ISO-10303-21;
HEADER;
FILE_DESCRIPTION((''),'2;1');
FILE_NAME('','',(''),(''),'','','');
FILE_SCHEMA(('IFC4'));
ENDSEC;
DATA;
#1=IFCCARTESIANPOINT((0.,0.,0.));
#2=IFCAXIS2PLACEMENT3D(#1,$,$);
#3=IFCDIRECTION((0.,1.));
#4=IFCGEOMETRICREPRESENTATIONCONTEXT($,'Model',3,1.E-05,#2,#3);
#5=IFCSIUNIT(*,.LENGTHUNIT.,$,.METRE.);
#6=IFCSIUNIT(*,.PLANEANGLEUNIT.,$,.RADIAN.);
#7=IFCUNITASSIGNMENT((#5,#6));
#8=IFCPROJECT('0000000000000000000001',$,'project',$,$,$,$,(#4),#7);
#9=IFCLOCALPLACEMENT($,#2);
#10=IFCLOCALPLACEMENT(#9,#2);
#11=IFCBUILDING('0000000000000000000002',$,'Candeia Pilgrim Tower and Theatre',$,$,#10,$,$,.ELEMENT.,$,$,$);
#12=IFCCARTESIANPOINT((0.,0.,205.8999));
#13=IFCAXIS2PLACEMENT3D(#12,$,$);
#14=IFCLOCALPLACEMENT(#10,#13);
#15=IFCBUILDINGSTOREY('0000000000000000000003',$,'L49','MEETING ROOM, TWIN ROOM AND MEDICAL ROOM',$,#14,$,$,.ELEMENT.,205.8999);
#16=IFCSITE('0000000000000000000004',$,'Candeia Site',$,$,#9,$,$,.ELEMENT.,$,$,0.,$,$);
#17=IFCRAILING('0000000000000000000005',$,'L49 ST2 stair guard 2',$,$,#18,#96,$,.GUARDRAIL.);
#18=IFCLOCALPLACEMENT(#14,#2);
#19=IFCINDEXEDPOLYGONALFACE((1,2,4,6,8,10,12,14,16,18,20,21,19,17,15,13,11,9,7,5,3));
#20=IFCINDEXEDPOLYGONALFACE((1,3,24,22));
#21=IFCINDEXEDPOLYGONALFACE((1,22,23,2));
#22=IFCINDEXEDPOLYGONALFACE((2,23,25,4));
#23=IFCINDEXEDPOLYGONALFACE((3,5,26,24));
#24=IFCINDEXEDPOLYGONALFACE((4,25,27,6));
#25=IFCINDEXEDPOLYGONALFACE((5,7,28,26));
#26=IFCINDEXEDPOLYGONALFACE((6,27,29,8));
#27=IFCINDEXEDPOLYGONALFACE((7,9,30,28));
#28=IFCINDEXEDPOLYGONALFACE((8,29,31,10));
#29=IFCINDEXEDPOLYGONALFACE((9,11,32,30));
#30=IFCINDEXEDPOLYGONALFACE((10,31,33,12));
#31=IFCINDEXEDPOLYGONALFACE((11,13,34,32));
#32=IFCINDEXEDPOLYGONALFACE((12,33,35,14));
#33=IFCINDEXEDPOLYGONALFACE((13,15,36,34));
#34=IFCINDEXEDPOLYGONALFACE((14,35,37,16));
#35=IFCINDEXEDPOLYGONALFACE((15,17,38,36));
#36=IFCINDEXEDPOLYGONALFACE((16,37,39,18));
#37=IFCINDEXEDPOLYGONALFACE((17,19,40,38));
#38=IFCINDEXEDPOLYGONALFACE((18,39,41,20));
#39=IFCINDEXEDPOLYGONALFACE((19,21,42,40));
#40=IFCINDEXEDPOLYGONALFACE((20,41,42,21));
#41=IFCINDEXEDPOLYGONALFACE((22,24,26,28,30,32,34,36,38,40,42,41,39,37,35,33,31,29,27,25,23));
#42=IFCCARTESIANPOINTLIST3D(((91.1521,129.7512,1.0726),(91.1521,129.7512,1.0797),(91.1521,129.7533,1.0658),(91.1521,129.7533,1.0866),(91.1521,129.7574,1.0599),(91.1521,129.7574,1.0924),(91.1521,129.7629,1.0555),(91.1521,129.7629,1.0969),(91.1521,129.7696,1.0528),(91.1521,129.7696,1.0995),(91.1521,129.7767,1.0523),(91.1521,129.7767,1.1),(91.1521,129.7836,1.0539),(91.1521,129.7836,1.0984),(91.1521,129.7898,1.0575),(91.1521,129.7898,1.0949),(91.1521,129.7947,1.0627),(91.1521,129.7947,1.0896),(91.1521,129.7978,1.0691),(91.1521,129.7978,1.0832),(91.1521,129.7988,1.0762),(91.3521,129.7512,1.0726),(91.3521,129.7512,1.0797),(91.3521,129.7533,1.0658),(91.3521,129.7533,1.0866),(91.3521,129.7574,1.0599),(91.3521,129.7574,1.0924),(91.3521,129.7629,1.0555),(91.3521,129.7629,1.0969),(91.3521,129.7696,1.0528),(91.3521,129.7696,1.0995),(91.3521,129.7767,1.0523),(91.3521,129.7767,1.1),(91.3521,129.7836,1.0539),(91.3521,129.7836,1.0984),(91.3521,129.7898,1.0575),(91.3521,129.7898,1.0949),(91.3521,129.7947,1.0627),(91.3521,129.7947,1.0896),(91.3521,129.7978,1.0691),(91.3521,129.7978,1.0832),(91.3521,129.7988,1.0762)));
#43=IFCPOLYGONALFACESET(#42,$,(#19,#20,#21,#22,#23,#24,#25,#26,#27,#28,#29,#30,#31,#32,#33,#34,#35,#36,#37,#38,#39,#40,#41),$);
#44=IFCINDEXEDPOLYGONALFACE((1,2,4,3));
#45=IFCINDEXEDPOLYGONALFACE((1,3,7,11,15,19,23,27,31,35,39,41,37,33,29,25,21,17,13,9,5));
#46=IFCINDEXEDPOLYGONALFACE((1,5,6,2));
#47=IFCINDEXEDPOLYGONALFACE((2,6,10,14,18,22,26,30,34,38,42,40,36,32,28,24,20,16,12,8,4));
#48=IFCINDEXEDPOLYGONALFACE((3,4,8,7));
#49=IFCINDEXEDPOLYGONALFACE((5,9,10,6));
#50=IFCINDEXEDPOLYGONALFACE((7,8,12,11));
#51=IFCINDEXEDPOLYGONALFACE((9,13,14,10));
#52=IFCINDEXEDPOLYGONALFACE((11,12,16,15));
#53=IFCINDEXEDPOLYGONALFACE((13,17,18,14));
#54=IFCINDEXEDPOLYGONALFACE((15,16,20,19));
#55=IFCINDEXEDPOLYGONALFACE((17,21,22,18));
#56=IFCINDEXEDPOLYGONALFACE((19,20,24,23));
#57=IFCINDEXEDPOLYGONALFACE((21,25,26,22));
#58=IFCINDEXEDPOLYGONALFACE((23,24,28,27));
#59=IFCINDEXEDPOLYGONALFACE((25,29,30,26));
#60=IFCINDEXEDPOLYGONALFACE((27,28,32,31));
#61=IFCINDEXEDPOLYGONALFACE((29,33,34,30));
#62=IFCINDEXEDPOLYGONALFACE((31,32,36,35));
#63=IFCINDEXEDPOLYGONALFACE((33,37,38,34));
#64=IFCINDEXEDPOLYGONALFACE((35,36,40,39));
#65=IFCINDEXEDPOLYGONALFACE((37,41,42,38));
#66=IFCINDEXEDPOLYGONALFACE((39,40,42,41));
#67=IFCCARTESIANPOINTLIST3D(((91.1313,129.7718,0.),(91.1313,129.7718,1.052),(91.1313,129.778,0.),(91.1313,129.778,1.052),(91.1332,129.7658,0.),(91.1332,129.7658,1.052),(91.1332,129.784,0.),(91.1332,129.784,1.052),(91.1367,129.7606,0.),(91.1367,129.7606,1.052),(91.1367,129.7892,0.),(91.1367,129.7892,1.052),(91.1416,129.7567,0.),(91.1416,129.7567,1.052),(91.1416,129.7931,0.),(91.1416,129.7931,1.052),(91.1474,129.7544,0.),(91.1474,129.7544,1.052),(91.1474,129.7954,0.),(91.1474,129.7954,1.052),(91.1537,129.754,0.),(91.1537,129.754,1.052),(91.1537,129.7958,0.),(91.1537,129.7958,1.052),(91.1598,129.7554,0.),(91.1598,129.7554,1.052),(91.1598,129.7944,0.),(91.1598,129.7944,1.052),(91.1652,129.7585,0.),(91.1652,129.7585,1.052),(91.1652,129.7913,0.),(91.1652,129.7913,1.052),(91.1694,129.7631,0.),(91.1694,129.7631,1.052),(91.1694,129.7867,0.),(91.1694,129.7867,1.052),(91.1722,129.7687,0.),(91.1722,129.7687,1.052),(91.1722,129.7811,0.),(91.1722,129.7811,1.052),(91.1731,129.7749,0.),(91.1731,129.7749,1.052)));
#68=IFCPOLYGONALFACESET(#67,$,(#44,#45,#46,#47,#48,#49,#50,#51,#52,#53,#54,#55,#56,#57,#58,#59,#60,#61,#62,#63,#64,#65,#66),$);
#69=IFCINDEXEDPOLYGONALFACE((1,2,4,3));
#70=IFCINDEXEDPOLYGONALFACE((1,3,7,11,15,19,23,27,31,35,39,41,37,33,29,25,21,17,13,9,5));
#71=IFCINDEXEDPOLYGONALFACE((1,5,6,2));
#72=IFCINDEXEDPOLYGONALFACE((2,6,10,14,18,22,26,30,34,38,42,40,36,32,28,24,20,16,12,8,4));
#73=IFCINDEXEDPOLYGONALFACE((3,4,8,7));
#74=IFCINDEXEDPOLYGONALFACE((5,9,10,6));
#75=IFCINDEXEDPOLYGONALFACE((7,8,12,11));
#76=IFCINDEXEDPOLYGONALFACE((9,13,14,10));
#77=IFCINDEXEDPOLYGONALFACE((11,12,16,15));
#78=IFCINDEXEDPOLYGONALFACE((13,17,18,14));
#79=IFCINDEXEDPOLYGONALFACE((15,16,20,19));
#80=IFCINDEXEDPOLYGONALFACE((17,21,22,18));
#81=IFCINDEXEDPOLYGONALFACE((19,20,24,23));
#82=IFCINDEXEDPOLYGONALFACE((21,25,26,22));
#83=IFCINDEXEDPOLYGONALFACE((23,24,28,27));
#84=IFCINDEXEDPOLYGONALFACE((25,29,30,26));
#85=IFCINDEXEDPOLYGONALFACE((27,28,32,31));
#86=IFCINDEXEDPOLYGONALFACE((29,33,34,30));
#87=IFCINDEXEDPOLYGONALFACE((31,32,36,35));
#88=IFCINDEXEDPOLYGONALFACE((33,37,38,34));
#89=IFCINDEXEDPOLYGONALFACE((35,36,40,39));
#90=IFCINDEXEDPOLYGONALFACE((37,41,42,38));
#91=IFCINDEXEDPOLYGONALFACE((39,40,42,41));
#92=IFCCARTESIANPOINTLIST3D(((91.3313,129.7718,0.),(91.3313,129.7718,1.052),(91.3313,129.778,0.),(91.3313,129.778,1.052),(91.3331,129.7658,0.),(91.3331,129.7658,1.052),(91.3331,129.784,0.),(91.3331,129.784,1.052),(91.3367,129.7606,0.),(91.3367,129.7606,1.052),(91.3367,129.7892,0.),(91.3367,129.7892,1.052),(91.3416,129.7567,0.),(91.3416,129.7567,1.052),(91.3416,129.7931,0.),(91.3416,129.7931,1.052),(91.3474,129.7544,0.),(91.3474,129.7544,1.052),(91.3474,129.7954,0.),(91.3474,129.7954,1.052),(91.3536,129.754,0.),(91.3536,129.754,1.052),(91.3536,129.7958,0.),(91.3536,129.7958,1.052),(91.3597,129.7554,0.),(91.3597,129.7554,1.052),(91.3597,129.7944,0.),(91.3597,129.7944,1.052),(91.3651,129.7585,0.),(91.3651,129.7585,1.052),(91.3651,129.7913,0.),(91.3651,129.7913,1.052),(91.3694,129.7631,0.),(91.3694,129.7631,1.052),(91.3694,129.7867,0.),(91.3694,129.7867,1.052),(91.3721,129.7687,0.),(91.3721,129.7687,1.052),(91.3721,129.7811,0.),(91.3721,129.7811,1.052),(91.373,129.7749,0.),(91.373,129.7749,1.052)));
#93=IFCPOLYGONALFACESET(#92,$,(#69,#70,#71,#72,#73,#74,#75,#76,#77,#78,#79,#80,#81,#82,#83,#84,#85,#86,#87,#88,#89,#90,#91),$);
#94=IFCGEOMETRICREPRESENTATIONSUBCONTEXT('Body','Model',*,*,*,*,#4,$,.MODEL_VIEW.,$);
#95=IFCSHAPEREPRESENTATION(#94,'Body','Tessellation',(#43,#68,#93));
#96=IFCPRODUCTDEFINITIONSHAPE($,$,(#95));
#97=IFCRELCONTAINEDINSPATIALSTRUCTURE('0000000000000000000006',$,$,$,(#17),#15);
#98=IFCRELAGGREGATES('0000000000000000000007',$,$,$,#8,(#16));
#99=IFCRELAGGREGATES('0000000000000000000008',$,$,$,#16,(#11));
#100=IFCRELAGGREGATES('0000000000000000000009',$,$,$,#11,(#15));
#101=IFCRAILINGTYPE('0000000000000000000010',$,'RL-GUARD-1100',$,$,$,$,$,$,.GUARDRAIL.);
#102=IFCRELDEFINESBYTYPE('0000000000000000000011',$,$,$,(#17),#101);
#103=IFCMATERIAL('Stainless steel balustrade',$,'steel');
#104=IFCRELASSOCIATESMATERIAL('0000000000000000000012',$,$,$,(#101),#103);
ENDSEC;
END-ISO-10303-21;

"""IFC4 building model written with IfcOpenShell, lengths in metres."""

from ifc_helpers import new_model, si_unit, direction, frame, origin, origin_2d, place, context, subcontext, project, spatial, circle, extrude, material, type_object, element, save


model = new_model("IFC4")

# Units and contexts
model_context = context("Model", 3, precision=1e-05, world=origin(), true_north=direction((0.0, 1.0)))
body_context = subcontext(model_context, "Body", "Model", "MODEL_VIEW")
ifc_project = project(units=[si_unit("LENGTHUNIT", "METRE"), si_unit("PLANEANGLEUNIT", "RADIAN")], contexts=[model_context])

# Site, building, storey
site_placement = place(None, origin())
site = spatial("IfcSite", under=ifc_project, at=site_placement, Name="Candeia Site", CompositionType="ELEMENT", RefElevation=0.0)
building_placement = place(site_placement, origin())
building = spatial("IfcBuilding", under=site, at=building_placement, Name="Candeia Pilgrim Tower and Theatre", CompositionType="ELEMENT")
storey_placement = place(building_placement, frame((0.0, 0.0, 205.8999)))
storey = spatial("IfcBuildingStorey", under=building, at=storey_placement, Name="L49", Description="MEETING ROOM, TWIN ROOM AND MEDICAL ROOM", CompositionType="ELEMENT", Elevation=205.8999)

# Shared definitions
ifc_material_1 = material(Name="Stainless steel balustrade", Category="steel")

# Railing
railing_type_1 = type_object("IfcRailingType", Name="RL-GUARD-1100", PredefinedType="GUARDRAIL", material=ifc_material_1)
railing_1_placement = place(storey_placement, frame((91.1521, 129.7749, 0.0)))
element("IfcRailing", 1, at=railing_1_placement, inside=storey, type_object=railing_type_1, Name="L49 ST2 stair guard 2", PredefinedType="GUARDRAIL", context=body_context, shape_type="SweptSolid", body=[
    extrude(circle(Radius=0.0239, at=origin_2d()), frame((0.0, 0.0, 1.0762), z_axis=(1.0, 0.0, 0.0), x_axis=(0.0, 1.0, 0.0)), (0.0, 0.0, 1.0), 0.2),
    extrude(circle(Radius=0.021, at=origin_2d()), origin(), (0.0, 0.0, 1.0), 1.052),
    extrude(circle(Radius=0.021, at=origin_2d()), frame((0.2, 0.0, 0.0)), (0.0, 0.0, 1.0), 1.052),
])

save(model, "model.ifc")
